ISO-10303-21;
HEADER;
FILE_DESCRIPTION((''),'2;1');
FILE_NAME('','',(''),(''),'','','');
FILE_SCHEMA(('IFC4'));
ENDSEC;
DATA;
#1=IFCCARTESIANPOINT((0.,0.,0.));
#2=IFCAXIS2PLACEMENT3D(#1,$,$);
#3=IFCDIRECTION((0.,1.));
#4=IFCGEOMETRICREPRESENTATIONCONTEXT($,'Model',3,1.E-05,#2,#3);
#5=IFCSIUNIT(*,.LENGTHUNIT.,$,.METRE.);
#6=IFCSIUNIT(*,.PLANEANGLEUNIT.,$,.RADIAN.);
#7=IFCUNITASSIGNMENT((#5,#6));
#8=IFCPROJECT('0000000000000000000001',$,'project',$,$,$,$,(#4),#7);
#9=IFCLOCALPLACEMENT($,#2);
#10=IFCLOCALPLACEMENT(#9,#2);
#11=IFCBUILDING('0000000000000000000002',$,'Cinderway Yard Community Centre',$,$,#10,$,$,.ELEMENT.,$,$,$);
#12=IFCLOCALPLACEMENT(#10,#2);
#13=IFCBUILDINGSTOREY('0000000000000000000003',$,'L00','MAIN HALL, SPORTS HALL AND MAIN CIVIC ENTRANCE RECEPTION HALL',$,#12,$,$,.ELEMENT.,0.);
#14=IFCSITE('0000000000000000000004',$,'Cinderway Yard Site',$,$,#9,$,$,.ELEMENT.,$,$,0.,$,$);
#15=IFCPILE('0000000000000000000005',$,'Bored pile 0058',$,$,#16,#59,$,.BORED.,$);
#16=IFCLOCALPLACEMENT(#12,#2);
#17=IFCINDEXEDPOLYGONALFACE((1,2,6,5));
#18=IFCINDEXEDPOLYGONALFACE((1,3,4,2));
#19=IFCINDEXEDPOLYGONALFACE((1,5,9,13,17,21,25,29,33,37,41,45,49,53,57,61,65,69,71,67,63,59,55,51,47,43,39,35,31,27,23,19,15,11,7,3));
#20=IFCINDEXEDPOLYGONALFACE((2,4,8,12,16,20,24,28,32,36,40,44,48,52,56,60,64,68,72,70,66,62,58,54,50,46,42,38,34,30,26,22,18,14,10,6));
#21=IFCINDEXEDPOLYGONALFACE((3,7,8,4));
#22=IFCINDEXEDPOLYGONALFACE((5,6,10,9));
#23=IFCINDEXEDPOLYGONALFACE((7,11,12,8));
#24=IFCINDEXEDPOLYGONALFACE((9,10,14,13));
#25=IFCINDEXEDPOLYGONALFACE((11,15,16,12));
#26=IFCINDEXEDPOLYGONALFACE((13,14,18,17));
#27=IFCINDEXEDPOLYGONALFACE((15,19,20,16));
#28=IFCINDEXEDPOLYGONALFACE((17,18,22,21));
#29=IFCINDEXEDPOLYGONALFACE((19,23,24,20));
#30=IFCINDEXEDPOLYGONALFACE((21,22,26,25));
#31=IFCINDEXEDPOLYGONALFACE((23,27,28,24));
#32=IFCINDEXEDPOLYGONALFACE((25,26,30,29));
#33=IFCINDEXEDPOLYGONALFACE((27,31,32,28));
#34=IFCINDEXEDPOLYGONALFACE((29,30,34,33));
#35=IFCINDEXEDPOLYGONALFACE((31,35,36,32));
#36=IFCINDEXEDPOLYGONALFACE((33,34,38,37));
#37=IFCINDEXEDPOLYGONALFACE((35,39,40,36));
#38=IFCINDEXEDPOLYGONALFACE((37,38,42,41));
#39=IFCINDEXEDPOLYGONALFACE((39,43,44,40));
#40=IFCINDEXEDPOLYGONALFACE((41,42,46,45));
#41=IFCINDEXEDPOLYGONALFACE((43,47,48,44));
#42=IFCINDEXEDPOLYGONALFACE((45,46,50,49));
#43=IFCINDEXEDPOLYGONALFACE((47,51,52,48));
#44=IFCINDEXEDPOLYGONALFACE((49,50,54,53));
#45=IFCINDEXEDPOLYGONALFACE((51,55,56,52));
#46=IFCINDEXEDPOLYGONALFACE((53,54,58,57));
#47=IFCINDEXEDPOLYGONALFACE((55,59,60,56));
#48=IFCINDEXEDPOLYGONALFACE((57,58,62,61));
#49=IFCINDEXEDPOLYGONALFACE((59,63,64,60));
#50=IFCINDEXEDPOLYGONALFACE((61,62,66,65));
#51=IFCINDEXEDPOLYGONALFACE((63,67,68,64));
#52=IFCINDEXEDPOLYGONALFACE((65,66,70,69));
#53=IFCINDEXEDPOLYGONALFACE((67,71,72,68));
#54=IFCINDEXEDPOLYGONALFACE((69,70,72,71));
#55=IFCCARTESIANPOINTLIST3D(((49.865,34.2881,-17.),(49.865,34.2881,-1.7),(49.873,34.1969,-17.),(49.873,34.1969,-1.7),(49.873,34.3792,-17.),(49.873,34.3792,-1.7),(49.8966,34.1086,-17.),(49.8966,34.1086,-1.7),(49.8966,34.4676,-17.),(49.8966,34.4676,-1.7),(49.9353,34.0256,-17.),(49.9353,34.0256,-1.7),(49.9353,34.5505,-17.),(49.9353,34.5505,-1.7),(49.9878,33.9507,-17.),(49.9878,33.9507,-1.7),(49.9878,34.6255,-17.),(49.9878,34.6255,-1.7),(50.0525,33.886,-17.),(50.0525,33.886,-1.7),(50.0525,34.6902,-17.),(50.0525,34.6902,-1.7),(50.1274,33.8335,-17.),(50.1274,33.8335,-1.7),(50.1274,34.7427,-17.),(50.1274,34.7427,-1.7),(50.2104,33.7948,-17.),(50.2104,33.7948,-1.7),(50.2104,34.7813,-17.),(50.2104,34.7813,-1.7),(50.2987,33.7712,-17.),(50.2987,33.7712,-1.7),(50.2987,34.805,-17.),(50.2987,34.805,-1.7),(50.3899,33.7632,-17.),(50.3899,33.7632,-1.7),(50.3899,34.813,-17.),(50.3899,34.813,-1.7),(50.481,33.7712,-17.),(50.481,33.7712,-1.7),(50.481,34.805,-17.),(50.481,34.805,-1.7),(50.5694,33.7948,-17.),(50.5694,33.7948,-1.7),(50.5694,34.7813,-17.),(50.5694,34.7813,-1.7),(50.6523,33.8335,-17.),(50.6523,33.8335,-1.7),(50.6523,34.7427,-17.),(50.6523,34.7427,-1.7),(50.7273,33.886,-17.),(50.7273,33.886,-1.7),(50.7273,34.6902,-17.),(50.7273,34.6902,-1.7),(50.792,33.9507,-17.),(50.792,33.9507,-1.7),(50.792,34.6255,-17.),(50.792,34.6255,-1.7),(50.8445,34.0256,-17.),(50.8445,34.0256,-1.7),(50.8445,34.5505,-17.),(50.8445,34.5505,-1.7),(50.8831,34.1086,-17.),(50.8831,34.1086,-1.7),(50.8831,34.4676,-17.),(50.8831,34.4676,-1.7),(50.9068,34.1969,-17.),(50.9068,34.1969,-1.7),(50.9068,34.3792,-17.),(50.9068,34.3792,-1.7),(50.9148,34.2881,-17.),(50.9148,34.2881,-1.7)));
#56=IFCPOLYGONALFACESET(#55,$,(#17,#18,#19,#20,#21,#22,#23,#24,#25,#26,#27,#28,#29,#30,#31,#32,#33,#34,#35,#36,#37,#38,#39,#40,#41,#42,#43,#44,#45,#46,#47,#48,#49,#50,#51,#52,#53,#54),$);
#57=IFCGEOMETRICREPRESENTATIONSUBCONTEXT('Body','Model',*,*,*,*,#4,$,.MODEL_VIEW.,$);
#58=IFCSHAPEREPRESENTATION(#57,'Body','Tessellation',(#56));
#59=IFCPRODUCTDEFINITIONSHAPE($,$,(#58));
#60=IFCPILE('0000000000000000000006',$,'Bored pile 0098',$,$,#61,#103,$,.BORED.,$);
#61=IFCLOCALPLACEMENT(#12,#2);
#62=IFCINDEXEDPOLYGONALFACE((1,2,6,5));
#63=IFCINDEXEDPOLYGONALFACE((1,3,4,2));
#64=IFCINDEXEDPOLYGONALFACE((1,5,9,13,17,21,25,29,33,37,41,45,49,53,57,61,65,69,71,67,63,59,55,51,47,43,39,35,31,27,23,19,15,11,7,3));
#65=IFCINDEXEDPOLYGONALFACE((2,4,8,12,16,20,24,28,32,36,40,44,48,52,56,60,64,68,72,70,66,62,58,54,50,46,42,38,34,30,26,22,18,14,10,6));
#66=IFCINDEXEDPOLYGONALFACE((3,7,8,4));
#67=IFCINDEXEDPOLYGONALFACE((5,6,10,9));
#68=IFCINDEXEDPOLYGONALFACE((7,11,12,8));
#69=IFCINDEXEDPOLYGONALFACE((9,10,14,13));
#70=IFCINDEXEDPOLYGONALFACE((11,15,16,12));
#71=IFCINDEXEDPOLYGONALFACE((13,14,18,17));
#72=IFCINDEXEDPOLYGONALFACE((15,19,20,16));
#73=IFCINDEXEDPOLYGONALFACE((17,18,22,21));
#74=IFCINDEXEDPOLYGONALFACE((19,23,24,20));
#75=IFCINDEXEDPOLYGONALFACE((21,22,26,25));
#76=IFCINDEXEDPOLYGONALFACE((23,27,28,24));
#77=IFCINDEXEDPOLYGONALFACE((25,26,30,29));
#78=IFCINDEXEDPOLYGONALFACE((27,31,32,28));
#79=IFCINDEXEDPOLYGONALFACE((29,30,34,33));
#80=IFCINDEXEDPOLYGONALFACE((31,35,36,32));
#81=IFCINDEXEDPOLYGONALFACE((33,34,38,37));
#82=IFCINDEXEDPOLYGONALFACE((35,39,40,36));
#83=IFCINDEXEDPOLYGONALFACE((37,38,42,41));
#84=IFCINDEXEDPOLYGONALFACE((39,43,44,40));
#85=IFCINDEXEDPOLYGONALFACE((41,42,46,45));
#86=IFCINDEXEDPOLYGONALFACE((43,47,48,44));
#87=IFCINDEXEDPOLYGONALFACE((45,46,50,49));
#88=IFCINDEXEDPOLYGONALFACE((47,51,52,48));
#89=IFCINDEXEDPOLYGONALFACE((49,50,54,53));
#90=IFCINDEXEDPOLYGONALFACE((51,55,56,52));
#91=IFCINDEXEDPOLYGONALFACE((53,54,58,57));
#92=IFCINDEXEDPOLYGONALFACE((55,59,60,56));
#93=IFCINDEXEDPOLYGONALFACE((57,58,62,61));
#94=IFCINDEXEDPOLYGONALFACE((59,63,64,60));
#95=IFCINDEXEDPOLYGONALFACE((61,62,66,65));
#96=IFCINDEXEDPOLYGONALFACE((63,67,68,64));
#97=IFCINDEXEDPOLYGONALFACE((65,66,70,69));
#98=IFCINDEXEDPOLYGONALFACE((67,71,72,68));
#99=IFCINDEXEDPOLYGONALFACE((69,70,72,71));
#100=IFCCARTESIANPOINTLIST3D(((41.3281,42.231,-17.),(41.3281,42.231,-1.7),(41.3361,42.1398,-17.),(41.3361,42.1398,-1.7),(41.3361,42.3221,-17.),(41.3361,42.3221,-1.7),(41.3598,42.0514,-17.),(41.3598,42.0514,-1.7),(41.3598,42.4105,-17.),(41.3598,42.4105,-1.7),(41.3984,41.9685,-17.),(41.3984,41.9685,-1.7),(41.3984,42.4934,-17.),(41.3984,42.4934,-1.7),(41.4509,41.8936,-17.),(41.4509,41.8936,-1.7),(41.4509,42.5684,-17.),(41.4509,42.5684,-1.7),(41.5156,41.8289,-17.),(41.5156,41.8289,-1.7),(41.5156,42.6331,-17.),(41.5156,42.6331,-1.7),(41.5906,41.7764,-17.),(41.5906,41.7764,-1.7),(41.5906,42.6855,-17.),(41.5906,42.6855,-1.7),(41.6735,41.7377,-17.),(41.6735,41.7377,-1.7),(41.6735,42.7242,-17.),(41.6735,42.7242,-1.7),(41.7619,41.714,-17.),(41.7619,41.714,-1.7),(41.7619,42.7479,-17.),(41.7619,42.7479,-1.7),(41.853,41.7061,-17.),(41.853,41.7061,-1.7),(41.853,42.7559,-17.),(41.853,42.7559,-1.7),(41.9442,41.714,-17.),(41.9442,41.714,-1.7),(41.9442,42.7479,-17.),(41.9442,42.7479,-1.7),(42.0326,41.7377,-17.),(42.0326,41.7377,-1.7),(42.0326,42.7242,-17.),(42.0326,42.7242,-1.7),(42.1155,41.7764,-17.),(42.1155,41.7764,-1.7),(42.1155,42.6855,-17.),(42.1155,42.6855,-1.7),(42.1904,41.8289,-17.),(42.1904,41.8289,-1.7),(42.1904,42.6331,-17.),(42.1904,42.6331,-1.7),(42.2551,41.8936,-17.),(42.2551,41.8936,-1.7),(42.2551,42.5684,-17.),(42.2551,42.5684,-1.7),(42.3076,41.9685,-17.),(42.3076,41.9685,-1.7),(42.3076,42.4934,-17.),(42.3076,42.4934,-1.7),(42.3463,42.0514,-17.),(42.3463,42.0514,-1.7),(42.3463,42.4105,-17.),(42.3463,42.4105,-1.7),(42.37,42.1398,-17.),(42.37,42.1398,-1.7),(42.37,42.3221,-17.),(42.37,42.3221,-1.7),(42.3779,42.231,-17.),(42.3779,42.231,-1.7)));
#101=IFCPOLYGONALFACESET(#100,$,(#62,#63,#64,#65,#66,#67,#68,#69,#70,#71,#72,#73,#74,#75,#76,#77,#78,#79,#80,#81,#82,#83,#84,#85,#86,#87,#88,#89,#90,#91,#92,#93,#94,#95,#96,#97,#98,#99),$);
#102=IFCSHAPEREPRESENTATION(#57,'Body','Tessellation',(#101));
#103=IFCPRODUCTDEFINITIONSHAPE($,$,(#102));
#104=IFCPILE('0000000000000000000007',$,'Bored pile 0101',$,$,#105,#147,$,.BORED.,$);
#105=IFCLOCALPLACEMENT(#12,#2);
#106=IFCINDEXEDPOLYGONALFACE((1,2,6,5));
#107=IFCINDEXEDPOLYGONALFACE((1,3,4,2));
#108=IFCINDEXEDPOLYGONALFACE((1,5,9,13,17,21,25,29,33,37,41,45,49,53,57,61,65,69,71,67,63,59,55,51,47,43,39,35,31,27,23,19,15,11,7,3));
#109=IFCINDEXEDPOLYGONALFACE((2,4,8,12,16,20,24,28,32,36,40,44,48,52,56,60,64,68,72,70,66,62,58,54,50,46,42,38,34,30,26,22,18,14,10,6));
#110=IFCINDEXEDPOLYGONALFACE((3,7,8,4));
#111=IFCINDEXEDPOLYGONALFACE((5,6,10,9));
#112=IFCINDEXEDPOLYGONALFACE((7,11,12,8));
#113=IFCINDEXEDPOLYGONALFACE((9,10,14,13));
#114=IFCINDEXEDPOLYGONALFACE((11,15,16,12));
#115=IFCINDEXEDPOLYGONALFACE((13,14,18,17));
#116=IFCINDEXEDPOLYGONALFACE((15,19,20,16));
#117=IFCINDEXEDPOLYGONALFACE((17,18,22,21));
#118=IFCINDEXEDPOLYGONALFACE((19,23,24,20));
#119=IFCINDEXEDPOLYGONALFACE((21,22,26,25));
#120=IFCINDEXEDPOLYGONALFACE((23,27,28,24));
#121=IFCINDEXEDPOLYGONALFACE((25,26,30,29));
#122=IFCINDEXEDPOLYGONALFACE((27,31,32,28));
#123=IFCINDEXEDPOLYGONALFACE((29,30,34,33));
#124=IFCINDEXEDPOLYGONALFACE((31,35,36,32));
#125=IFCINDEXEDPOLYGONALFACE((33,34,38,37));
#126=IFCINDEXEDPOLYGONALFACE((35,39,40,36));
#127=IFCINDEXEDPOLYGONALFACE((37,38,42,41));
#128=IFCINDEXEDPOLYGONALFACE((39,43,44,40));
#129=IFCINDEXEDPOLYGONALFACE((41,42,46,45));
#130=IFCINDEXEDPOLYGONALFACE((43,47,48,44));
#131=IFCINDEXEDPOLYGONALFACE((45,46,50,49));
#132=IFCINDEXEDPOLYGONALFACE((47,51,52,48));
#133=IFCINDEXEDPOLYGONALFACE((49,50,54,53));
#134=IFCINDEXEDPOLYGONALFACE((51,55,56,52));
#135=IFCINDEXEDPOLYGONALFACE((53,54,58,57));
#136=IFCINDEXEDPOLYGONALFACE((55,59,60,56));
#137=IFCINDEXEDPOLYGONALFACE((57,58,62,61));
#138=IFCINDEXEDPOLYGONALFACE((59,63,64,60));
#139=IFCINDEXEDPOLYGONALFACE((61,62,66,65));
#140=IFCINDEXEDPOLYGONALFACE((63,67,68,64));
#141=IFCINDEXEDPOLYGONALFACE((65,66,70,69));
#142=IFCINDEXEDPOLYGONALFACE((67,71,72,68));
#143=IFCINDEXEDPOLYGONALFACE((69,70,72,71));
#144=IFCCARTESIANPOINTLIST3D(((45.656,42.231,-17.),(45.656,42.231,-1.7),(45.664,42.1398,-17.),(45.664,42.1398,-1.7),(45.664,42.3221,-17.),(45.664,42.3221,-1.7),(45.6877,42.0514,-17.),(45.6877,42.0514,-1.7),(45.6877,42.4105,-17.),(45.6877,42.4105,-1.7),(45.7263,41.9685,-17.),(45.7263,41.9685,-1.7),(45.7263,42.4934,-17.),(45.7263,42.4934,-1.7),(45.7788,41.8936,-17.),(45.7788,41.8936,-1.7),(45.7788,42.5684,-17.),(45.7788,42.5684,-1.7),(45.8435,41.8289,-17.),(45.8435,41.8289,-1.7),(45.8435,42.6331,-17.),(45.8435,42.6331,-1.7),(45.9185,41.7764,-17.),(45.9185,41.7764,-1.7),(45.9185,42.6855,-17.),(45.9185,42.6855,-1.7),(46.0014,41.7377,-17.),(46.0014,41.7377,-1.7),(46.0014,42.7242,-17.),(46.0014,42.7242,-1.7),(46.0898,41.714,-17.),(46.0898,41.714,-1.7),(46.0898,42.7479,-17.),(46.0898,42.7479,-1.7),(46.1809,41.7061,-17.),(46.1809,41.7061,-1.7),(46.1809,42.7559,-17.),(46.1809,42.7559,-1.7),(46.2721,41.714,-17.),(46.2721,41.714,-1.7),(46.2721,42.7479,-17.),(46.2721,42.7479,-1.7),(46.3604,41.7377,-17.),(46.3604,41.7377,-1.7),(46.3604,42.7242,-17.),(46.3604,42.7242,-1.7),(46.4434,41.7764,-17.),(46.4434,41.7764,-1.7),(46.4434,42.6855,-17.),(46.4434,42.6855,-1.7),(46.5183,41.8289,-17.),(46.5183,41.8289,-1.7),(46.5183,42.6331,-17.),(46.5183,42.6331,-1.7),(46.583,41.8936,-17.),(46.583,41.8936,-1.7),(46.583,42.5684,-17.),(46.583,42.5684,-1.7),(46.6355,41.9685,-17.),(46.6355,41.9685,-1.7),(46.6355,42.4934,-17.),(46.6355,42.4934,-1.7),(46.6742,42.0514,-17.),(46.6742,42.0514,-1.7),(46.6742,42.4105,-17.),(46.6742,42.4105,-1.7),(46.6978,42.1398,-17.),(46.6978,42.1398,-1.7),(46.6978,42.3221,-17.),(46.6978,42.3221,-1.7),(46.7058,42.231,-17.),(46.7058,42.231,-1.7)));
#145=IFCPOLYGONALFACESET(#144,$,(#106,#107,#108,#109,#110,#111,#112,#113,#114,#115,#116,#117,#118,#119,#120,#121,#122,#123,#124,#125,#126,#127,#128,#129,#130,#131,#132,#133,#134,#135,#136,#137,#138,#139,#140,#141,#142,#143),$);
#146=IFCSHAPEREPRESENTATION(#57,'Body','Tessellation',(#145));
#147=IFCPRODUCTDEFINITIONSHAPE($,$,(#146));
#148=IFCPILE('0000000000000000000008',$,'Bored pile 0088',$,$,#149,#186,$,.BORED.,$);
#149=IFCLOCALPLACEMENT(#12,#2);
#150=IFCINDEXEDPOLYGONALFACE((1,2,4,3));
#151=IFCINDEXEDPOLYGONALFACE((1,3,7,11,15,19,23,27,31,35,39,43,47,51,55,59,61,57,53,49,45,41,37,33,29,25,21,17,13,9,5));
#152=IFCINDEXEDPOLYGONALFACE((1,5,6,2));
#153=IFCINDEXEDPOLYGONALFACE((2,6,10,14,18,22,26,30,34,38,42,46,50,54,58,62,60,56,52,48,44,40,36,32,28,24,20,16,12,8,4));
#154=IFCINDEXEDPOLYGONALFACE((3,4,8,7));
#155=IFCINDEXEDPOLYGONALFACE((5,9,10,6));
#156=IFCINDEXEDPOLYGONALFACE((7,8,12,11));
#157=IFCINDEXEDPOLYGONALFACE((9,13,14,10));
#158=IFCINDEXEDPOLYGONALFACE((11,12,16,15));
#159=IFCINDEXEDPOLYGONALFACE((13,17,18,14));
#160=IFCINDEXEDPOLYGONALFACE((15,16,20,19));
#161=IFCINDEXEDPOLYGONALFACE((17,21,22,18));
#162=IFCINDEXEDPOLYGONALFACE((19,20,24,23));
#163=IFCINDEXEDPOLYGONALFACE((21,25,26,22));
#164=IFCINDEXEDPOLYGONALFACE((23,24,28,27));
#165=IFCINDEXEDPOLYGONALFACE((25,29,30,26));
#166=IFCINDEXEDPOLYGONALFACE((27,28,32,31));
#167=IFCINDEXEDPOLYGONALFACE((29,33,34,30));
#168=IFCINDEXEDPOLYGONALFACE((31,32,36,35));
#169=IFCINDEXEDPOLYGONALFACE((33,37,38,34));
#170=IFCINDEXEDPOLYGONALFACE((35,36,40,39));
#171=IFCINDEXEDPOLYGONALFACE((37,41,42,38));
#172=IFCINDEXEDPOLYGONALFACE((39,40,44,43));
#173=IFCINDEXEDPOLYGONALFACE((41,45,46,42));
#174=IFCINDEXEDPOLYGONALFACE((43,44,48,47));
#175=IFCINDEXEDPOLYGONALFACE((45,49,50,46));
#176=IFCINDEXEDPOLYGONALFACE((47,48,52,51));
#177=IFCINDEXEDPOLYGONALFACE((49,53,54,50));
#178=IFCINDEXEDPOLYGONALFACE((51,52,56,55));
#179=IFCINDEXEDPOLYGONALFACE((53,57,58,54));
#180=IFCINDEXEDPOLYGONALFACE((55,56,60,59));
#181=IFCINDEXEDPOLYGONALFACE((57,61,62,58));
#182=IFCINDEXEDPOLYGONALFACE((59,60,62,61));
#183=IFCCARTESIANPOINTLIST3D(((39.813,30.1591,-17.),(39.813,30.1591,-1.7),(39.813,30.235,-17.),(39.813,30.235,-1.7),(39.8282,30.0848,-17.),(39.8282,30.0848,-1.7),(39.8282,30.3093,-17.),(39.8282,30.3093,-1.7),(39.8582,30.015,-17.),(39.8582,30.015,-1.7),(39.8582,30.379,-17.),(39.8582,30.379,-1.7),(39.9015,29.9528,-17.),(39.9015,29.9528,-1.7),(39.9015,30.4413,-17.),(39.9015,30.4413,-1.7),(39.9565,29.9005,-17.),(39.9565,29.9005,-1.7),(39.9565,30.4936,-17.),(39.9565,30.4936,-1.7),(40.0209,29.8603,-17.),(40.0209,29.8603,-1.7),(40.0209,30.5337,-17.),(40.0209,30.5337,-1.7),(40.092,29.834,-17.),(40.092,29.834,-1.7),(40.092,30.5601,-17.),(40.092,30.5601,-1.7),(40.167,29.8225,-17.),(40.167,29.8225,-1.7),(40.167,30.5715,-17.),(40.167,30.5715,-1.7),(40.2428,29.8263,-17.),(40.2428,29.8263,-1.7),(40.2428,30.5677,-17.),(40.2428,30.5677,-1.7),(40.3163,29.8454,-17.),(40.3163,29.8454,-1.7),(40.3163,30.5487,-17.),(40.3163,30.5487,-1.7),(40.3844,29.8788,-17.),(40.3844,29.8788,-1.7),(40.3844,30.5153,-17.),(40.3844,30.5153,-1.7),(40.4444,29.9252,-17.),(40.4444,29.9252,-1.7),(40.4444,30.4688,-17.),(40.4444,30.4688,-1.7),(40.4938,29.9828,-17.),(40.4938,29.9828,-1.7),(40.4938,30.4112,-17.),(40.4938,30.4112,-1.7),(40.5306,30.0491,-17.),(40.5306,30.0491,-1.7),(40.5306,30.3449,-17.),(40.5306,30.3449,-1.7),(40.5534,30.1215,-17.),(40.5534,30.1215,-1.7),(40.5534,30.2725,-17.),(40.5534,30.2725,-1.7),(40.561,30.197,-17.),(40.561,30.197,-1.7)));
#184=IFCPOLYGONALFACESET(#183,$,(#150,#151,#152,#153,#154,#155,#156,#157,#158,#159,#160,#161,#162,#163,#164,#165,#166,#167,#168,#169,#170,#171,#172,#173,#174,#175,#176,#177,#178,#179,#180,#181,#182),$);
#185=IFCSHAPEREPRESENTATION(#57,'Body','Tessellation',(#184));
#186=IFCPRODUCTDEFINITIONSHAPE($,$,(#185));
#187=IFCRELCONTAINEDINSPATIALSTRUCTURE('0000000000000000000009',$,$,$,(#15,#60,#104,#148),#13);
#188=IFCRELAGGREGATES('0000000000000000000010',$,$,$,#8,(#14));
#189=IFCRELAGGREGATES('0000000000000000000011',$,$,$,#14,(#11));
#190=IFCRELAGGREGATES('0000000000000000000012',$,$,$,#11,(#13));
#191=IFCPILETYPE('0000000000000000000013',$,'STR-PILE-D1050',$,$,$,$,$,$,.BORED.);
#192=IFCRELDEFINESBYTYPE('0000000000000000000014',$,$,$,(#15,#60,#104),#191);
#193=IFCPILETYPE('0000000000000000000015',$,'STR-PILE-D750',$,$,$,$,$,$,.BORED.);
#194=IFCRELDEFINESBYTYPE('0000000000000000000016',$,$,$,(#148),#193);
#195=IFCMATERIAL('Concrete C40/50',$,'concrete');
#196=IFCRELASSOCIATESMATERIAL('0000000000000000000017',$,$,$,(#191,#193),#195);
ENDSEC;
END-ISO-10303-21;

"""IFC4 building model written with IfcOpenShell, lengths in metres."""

from ifc_helpers import new_model, si_unit, direction, frame, origin, origin_2d, place, context, subcontext, project, spatial, circle, extrude, material, material_profile, profile_set, type_object, element, save


model = new_model("IFC4")

# Units and contexts
model_context = context("Model", 3, precision=1e-05, world=origin(), true_north=direction((0.0, 1.0)))
body_context = subcontext(model_context, "Body", "Model", "MODEL_VIEW")
ifc_project = project(units=[si_unit("LENGTHUNIT", "METRE"), si_unit("PLANEANGLEUNIT", "RADIAN")], contexts=[model_context])

# Site, building, storey
site_placement = place(None, origin())
site = spatial("IfcSite", under=ifc_project, at=site_placement, Name="Cinderway Yard Site", CompositionType="ELEMENT", RefElevation=0.0)
building_placement = place(site_placement, origin())
building = spatial("IfcBuilding", under=site, at=building_placement, Name="Cinderway Yard Community Centre", CompositionType="ELEMENT")
storey_placement = place(building_placement, origin())
storey = spatial("IfcBuildingStorey", under=building, at=storey_placement, Name="L00", Description="MAIN HALL, SPORTS HALL AND MAIN CIVIC ENTRANCE RECEPTION HALL", CompositionType="ELEMENT", Elevation=0.0)

# Shared definitions
ifc_material_1 = material(Name="Concrete C40/50", Category="concrete")

# Piles
ifc_material_profile_1 = material_profile(ifc_material_1, circle(Radius=0.5249, at=origin_2d()), Name="Concrete C40/50")
ifc_profile_set_1 = profile_set([ifc_material_profile_1], Name="Concrete C40/50")
pile_type_1 = type_object("IfcPileType", Name="STR-PILE-D1050", PredefinedType="BORED", material=ifc_profile_set_1)
for number, where, z_axis, x_axis, name in (
    (1, (50.3899, 34.2881, -1.7), (0.0, 0.0, -1.0), (1.0, 0.0, 0.0), "Bored pile 0058"),
    (2, (41.853, 42.231, -1.7), (0.0, 0.0, -1.0), (1.0, 0.0, 0.0), "Bored pile 0098"),
    (3, (46.1809, 42.231, -1.7), (0.0, 0.0, -1.0), (1.0, 0.0, 0.0), "Bored pile 0101"),
):
    element("IfcPile", number, at=place(storey_placement, frame(where, z_axis=z_axis, x_axis=x_axis)), inside=storey, type_object=pile_type_1, Name=name, PredefinedType="BORED", context=body_context, shape_type="SweptSolid", body=[
        extrude(circle(Radius=0.5249, at=origin_2d()), origin(), (0.0, 0.0, 1.0), 15.3),
    ])
ifc_material_profile_2 = material_profile(ifc_material_1, circle(Radius=0.375, at=origin_2d()), Name="Concrete C40/50")
ifc_profile_set_2 = profile_set([ifc_material_profile_2], Name="Concrete C40/50")
pile_type_2 = type_object("IfcPileType", Name="STR-PILE-D750", PredefinedType="BORED", material=ifc_profile_set_2)
for number, where, z_axis, x_axis, name in (
    (4, (40.186, 30.197, -1.7), (0.0, 0.0, -1.0), (1.0, 0.0, 0.0), "Bored pile 0088"),
):
    element("IfcPile", number, at=place(storey_placement, frame(where, z_axis=z_axis, x_axis=x_axis)), inside=storey, type_object=pile_type_2, Name=name, PredefinedType="BORED", context=body_context, shape_type="SweptSolid", body=[
        extrude(circle(Radius=0.375, at=origin_2d()), origin(), (0.0, 0.0, 1.0), 15.3),
    ])

save(model, "model.ifc")
